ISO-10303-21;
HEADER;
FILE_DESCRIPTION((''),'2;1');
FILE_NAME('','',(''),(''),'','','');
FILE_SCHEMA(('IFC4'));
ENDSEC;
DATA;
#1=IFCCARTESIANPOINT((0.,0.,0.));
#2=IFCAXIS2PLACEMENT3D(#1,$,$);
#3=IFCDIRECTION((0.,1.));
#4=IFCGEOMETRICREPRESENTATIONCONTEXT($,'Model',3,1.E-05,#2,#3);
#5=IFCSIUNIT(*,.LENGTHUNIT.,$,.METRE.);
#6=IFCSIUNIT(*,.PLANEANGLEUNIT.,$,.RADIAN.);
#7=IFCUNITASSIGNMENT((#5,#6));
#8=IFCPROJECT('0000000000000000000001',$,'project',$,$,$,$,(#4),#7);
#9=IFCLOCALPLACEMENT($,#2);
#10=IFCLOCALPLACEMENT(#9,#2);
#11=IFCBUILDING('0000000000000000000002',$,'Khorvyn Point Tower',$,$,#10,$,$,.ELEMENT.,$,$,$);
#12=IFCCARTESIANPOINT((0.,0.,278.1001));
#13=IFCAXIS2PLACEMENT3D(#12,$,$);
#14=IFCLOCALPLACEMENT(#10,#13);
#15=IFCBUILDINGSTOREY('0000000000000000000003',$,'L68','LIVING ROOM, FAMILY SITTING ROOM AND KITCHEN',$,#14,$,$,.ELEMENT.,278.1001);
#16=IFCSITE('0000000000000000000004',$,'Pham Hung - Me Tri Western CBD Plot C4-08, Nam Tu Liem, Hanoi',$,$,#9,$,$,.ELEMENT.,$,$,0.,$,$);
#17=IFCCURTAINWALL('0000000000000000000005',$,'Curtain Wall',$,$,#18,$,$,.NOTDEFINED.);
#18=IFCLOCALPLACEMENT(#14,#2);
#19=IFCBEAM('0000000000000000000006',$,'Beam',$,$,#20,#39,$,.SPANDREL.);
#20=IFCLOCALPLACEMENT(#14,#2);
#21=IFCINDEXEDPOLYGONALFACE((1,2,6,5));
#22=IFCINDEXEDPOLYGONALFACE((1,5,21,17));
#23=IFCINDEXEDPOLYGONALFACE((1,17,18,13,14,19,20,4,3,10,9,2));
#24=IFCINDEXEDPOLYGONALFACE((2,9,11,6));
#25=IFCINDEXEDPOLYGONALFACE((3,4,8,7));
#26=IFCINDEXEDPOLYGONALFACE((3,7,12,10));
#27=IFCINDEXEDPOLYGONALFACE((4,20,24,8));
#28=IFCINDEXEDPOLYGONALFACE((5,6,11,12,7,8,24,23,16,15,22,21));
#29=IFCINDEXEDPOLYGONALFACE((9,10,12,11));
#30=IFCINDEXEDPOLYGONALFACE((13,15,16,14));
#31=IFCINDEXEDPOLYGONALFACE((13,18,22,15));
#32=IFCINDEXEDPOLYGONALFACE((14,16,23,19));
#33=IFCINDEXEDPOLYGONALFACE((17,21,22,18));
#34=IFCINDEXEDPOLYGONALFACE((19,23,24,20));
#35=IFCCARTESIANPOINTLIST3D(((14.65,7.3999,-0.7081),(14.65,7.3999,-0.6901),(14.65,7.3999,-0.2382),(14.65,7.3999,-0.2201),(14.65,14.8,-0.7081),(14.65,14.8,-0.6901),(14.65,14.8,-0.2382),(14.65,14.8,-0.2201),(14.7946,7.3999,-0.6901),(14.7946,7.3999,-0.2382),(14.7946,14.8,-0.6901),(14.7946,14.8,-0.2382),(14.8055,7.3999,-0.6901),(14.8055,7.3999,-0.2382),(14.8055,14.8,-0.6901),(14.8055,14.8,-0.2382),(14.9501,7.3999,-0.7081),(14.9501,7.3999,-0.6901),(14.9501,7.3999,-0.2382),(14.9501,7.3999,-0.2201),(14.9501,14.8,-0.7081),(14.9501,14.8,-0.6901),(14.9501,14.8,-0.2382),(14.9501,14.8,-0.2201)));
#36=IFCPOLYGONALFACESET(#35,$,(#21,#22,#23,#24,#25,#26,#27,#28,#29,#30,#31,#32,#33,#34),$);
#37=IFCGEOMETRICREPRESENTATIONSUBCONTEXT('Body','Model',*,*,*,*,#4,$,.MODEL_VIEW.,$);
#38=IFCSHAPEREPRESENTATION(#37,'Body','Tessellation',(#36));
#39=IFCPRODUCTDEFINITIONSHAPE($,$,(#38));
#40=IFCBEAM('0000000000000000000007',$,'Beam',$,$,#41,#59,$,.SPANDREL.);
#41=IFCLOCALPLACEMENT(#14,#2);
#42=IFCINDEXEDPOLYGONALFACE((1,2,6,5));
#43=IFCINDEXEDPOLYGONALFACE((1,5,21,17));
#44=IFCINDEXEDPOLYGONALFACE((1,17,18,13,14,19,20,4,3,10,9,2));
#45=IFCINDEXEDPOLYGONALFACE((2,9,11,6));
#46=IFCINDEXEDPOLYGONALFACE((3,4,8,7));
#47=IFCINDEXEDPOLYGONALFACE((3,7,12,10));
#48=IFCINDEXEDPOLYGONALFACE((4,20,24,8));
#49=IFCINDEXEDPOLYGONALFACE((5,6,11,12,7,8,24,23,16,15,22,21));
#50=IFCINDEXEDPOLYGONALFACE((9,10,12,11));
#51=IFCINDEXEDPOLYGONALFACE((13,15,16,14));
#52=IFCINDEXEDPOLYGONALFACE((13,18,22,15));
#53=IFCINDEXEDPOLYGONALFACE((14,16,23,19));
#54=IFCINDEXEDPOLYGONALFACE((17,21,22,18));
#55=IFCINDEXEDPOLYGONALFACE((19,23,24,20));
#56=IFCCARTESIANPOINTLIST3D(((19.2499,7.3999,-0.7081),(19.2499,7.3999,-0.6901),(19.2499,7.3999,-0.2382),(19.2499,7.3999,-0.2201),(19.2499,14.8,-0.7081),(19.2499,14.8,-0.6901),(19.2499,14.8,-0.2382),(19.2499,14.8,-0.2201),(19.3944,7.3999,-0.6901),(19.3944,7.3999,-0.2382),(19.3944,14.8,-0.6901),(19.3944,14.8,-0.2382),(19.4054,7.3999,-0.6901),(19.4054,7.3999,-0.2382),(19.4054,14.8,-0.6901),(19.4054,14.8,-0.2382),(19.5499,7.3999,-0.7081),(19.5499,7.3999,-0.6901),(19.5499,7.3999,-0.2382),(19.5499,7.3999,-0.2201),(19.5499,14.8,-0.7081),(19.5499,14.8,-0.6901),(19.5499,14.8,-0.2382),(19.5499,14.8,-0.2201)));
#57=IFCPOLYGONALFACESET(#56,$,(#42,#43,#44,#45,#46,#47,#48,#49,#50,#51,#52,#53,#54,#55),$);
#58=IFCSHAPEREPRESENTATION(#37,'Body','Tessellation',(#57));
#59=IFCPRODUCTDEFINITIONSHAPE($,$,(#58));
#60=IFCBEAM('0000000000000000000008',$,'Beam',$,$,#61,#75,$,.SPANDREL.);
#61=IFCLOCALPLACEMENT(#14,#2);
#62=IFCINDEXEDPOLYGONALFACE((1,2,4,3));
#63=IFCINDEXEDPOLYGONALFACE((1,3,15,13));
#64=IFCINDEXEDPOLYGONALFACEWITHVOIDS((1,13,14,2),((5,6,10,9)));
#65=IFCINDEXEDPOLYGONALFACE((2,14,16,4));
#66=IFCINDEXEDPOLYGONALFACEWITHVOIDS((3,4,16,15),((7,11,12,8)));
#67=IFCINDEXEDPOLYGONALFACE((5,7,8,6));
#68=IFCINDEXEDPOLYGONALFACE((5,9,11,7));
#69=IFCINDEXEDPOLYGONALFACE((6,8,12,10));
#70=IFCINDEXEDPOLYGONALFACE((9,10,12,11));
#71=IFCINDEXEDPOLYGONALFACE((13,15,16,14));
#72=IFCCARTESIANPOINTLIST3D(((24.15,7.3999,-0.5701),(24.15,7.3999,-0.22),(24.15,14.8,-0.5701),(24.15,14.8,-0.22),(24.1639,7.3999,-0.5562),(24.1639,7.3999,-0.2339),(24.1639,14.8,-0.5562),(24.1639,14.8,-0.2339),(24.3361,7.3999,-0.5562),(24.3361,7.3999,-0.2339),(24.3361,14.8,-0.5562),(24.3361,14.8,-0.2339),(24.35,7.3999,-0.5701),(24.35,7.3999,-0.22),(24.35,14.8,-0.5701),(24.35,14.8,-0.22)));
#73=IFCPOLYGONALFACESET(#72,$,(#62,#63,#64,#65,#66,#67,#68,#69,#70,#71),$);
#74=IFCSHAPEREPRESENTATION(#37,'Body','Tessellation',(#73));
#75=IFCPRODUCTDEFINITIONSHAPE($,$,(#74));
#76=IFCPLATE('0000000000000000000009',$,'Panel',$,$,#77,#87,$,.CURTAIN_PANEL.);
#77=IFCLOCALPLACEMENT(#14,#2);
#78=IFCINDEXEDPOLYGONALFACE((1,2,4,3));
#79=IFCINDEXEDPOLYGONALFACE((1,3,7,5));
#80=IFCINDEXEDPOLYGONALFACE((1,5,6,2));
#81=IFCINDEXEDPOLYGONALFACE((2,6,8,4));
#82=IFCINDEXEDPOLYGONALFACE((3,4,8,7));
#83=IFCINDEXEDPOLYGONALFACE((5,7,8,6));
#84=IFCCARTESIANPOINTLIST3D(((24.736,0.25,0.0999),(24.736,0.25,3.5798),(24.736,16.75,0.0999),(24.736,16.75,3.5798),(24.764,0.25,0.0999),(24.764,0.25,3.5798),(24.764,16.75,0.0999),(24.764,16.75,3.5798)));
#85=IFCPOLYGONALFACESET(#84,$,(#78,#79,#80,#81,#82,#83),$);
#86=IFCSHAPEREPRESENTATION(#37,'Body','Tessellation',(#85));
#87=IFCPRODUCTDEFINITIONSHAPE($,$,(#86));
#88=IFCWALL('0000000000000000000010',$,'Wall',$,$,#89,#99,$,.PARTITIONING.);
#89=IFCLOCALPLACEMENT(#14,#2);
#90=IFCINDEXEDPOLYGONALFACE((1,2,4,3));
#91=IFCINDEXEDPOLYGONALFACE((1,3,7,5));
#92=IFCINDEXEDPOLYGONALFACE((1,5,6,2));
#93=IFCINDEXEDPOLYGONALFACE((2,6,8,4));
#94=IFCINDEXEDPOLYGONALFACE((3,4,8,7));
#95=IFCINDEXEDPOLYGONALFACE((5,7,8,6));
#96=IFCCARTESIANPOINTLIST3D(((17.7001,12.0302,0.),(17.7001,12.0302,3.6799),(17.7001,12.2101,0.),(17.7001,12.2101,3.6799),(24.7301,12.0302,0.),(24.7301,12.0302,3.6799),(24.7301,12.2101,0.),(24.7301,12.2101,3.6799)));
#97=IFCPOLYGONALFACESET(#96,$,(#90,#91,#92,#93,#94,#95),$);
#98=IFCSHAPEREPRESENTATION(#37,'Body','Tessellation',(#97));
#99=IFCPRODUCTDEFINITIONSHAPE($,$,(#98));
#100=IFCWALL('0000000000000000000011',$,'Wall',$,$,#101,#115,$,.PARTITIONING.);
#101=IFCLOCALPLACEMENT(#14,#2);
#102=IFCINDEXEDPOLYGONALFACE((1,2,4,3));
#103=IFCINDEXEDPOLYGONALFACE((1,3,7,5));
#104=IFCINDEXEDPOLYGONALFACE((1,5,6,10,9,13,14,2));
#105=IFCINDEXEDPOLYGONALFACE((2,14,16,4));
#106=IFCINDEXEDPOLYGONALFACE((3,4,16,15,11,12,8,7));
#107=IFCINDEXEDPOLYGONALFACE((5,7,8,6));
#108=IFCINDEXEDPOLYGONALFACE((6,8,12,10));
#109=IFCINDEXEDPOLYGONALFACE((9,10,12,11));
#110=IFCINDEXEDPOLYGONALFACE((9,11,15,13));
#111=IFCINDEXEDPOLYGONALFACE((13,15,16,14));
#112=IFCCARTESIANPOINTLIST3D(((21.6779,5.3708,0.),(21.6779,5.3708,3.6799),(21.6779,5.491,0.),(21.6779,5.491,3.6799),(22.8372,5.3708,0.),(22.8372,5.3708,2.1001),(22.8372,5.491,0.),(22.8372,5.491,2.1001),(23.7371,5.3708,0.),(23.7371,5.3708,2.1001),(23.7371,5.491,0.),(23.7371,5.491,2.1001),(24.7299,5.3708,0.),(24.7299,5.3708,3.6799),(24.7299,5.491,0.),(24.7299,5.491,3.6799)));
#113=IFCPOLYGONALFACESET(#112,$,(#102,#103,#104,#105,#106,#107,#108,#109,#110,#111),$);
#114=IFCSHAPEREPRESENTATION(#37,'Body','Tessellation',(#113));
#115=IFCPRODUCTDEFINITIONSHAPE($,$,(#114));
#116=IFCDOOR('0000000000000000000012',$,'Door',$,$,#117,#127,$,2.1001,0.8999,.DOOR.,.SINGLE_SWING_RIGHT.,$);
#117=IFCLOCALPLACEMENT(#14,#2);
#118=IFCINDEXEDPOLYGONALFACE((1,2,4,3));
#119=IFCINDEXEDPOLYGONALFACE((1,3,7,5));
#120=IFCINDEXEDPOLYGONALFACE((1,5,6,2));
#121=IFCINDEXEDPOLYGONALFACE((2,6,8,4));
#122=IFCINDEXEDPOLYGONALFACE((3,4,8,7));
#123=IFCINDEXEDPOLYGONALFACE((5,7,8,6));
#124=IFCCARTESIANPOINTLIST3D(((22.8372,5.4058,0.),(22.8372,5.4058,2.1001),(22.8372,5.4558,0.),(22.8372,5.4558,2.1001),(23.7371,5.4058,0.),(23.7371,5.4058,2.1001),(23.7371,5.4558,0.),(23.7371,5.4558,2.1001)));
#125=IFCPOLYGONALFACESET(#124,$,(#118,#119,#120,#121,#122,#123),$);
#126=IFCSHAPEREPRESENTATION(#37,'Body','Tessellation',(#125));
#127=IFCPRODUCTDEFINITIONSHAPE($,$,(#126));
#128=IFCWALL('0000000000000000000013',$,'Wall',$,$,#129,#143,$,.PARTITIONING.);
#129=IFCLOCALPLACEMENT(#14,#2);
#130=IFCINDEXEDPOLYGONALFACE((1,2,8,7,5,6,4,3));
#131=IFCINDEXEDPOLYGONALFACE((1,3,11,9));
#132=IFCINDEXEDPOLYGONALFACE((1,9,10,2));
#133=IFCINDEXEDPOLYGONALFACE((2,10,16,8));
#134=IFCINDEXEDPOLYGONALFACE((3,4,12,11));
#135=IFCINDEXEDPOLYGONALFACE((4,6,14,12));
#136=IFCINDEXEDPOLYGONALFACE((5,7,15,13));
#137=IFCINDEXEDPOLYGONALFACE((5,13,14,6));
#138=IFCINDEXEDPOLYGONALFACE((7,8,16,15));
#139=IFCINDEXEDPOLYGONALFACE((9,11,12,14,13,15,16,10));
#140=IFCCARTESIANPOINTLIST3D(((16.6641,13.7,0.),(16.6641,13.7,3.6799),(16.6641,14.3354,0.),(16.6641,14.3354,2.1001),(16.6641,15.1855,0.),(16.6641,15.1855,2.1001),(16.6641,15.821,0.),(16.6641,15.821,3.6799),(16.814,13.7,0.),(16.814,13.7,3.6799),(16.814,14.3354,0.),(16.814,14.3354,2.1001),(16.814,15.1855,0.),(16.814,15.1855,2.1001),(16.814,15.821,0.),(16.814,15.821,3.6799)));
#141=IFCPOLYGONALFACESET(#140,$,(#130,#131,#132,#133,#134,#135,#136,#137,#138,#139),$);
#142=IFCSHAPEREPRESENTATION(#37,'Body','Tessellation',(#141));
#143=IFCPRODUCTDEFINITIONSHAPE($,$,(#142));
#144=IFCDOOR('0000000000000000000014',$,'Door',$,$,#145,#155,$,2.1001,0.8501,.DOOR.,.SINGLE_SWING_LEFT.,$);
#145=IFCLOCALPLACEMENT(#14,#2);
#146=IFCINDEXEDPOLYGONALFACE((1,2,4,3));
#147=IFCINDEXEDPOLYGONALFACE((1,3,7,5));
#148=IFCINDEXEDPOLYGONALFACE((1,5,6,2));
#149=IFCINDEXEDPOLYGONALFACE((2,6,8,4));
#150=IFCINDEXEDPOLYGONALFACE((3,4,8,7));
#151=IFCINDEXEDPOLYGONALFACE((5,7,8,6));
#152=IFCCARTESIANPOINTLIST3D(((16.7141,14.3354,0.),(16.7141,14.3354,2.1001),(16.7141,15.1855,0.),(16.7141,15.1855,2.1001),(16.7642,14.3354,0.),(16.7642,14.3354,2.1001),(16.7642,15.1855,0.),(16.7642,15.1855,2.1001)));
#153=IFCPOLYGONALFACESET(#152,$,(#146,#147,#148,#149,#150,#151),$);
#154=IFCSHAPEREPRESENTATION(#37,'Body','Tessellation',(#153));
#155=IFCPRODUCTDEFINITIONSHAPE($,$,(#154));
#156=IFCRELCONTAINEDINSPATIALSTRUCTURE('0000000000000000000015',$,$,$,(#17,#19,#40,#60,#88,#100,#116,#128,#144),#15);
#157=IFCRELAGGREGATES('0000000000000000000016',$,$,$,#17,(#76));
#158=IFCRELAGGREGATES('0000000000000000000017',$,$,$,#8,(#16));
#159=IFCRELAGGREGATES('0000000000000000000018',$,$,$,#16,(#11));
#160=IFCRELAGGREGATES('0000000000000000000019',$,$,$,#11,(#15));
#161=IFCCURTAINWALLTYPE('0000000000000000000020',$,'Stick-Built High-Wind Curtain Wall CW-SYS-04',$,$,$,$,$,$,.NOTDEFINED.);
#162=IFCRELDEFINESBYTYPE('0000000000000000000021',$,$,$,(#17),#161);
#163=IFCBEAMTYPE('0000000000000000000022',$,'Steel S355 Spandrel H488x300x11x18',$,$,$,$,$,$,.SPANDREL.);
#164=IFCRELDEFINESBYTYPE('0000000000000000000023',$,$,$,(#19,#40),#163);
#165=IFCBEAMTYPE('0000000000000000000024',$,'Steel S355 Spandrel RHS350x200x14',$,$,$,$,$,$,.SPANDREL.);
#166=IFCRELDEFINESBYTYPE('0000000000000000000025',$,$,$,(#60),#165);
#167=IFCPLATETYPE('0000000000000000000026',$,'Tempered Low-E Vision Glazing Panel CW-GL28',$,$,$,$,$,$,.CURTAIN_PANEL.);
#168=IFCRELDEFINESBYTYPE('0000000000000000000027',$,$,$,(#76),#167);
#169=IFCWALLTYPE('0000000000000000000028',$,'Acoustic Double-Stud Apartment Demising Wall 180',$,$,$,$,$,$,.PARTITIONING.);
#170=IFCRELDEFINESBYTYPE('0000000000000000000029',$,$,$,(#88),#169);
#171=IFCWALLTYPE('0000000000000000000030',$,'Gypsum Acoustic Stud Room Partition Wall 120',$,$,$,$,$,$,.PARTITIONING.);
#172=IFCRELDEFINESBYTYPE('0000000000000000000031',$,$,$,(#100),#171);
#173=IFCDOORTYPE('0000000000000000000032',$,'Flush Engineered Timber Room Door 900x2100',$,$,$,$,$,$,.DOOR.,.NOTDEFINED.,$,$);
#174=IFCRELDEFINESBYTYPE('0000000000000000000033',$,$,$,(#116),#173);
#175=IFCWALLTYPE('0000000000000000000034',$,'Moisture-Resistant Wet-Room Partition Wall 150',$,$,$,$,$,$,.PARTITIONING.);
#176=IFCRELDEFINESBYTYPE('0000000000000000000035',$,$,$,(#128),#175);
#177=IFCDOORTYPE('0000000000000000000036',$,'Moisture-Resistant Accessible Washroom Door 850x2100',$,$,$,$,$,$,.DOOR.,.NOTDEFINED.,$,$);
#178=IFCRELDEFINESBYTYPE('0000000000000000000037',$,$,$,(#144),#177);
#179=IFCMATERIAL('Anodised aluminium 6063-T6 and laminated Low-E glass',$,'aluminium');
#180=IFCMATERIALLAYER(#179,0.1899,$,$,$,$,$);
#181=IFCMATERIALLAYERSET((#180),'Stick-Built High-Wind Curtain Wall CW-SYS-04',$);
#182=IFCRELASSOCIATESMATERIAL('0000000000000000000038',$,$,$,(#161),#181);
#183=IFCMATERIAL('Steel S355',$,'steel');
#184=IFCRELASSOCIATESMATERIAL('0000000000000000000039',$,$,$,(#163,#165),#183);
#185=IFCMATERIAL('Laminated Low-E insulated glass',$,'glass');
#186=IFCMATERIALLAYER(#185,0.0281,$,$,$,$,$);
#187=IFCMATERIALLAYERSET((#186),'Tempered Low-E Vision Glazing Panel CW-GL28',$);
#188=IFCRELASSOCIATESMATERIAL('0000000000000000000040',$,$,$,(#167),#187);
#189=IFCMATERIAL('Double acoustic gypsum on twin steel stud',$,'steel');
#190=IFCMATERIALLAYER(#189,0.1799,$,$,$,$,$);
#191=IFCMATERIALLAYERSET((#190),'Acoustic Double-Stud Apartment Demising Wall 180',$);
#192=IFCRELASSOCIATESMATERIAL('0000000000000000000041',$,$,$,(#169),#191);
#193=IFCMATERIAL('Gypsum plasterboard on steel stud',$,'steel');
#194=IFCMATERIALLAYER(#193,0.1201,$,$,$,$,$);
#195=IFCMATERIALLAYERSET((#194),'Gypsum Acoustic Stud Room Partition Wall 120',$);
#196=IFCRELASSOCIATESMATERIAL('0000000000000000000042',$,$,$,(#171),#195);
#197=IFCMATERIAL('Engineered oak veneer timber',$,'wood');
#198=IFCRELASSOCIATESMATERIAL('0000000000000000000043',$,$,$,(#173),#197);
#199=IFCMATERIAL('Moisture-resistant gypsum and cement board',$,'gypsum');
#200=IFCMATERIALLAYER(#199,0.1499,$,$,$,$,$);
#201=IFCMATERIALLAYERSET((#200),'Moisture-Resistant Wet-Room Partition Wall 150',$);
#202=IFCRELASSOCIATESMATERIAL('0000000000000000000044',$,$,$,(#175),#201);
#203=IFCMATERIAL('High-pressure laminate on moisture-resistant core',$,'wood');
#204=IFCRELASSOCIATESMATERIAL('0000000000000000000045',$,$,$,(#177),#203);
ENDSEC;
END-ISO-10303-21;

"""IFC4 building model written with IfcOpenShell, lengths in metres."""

from ifc_helpers import new_model, si_unit, direction, frame, frame_2d, origin, origin_2d, place, context, subcontext, project, spatial, rectangle, hollow_rectangle, i_section, extrude, material, layer, layer_set, material_profile, profile_set, type_object, element, fill, aggregate, save


model = new_model("IFC4")

# Units and contexts
model_context = context("Model", 3, precision=1e-05, world=origin(), true_north=direction((0.0, 1.0)))
body_context = subcontext(model_context, "Body", "Model", "MODEL_VIEW")
ifc_project = project(units=[si_unit("LENGTHUNIT", "METRE"), si_unit("PLANEANGLEUNIT", "RADIAN")], contexts=[model_context])

# Site, building, storey
site_placement = place(None, origin())
site = spatial("IfcSite", under=ifc_project, at=site_placement, Name="Pham Hung - Me Tri Western CBD Plot C4-08, Nam Tu Liem, Hanoi", CompositionType="ELEMENT", RefElevation=0.0)
building_placement = place(site_placement, origin())
building = spatial("IfcBuilding", under=site, at=building_placement, Name="Khorvyn Point Tower", CompositionType="ELEMENT")
storey_placement = place(building_placement, frame((0.0, 0.0, 278.1001)))
storey = spatial("IfcBuildingStorey", under=building, at=storey_placement, Name="L68", Description="LIVING ROOM, FAMILY SITTING ROOM AND KITCHEN", CompositionType="ELEMENT", Elevation=278.1001)

# Shared definitions
ifc_material_1 = material(Name="Steel S355", Category="steel")

# Curtain wall
ifc_material_2 = material(Name="Anodised aluminium 6063-T6 and laminated Low-E glass", Category="aluminium")
ifc_layer_1 = layer(ifc_material_2, 0.1899)
ifc_layer_set_1 = layer_set([ifc_layer_1], Name="Stick-Built High-Wind Curtain Wall CW-SYS-04")
curtain_wall_type = type_object("IfcCurtainWallType", Name="Stick-Built High-Wind Curtain Wall CW-SYS-04", PredefinedType="NOTDEFINED", material=ifc_layer_set_1)
curtain_wall_placement = place(storey_placement, origin())
curtain_wall = element("IfcCurtainWall", 1, at=curtain_wall_placement, inside=storey, type_object=curtain_wall_type, Name="Curtain Wall", PredefinedType="NOTDEFINED")

# Beams
ifc_material_profile_1 = material_profile(ifc_material_1, i_section(OverallWidth=0.3, OverallDepth=0.488, WebThickness=0.011, FlangeThickness=0.0181, at=origin_2d()))
ifc_profile_set_1 = profile_set([ifc_material_profile_1], Name="Steel S355 H488x300x11x18")
beam_type_1 = type_object("IfcBeamType", Name="Steel S355 Spandrel H488x300x11x18", PredefinedType="SPANDREL", material=ifc_profile_set_1)
for number, where, z_axis, x_axis, name in (
    (2, (14.8, 7.3999, -0.4641), (0.0, 1.0, 0.0), (-1.0, 0.0, 0.0), "Beam"),
    (3, (19.3999, 7.3999, -0.4641), (0.0, 1.0, 0.0), (-1.0, 0.0, 0.0), "Beam"),
):
    element("IfcBeam", number, at=place(storey_placement, frame(where, z_axis=z_axis, x_axis=x_axis)), inside=storey, type_object=beam_type_1, Name=name, PredefinedType="SPANDREL", context=body_context, shape_type="SweptSolid", body=[
        extrude(i_section(OverallWidth=0.3, OverallDepth=0.488, WebThickness=0.011, FlangeThickness=0.0181, at=origin_2d()), origin(), (0.0, 0.0, 1.0), 7.4001),
    ])
ifc_material_profile_2 = material_profile(ifc_material_1, hollow_rectangle(XDim=0.2, YDim=0.3501, WallThickness=0.0139, at=origin_2d()))
ifc_profile_set_2 = profile_set([ifc_material_profile_2], Name="Steel S355 RHS350x200x14")
beam_type_2 = type_object("IfcBeamType", Name="Steel S355 Spandrel RHS350x200x14", PredefinedType="SPANDREL", material=ifc_profile_set_2)
beam_1_placement = place(storey_placement, frame((24.25, 7.3999, -0.395), z_axis=(0.0, 1.0, 0.0), x_axis=(-1.0, 0.0, 0.0)))
element("IfcBeam", 4, at=beam_1_placement, inside=storey, type_object=beam_type_2, Name="Beam", PredefinedType="SPANDREL", context=body_context, shape_type="SweptSolid", body=[
    extrude(hollow_rectangle(XDim=0.2, YDim=0.3501, WallThickness=0.0139, at=origin_2d()), origin(), (0.0, 0.0, 1.0), 7.4001),
])

# Plate
ifc_material_3 = material(Name="Laminated Low-E insulated glass", Category="glass")
ifc_layer_2 = layer(ifc_material_3, 0.0281)
ifc_layer_set_2 = layer_set([ifc_layer_2], Name="Tempered Low-E Vision Glazing Panel CW-GL28")
plate_type = type_object("IfcPlateType", Name="Tempered Low-E Vision Glazing Panel CW-GL28", PredefinedType="CURTAIN_PANEL", material=ifc_layer_set_2)
plate_placement = place(storey_placement, frame((24.75, 8.5, 0.0999), z_axis=(0.0, 0.0, 1.0), x_axis=(0.0, -1.0, 0.0)))
plate = element("IfcPlate", 5, at=plate_placement, type_object=plate_type, Name="Panel", PredefinedType="CURTAIN_PANEL", context=body_context, shape_type="SweptSolid", body=[
    extrude(rectangle(XDim=16.5, YDim=0.0281, at=origin_2d()), origin(), (0.0, 0.0, 1.0), 3.48),
])
aggregate(curtain_wall, [plate])

# Wall
ifc_material_4 = material(Name="Double acoustic gypsum on twin steel stud", Category="steel")
ifc_layer_3 = layer(ifc_material_4, 0.1799)
ifc_layer_set_3 = layer_set([ifc_layer_3], Name="Acoustic Double-Stud Apartment Demising Wall 180")
wall_type_1 = type_object("IfcWallType", Name="Acoustic Double-Stud Apartment Demising Wall 180", PredefinedType="PARTITIONING", material=ifc_layer_set_3)
wall_1_placement = place(storey_placement, frame((17.7, 12.1201, 0.0), z_axis=(0.0, 0.0, 1.0), x_axis=(1.0, 0.0, 0.0)))
element("IfcWall", 6, at=wall_1_placement, inside=storey, type_object=wall_type_1, Name="Wall", PredefinedType="PARTITIONING", context=body_context, shape_type="SweptSolid", body=[
    extrude(rectangle(XDim=7.03, YDim=0.1799, at=frame_2d((3.5151, 0.0))), origin(), (0.0, 0.0, 1.0), 3.6799),
])

# Walls, openings, doors
ifc_material_5 = material(Name="Gypsum plasterboard on steel stud", Category="steel")
ifc_layer_4 = layer(ifc_material_5, 0.1201)
ifc_layer_set_4 = layer_set([ifc_layer_4], Name="Gypsum Acoustic Stud Room Partition Wall 120")
wall_type_2 = type_object("IfcWallType", Name="Gypsum Acoustic Stud Room Partition Wall 120", PredefinedType="PARTITIONING", material=ifc_layer_set_4)
wall_2_placement = place(storey_placement, frame((21.678, 5.4309, 0.0), z_axis=(0.0, 0.0, 1.0), x_axis=(1.0, 0.0, 0.0)))
wall_2 = element("IfcWall", 7, at=wall_2_placement, inside=storey, type_object=wall_type_2, Name="Wall", PredefinedType="PARTITIONING", context=body_context, shape_type="SweptSolid", body=[
    extrude(rectangle(XDim=3.052, YDim=0.1201, at=frame_2d((1.5259, 0.0))), origin(), (0.0, 0.0, 1.0), 3.6799),
])
opening_1_placement = place(wall_2_placement, frame((1.1592, 0.0, 0.0)))
opening_1 = element("IfcOpeningElement", 8, at=opening_1_placement, cuts=wall_2, PredefinedType="OPENING", context=body_context, shape_type="SweptSolid", body=[
    extrude(rectangle(XDim=0.8999, YDim=2.1001, at=frame_2d((0.45, 1.05))), frame((0.0, 0.0701, 0.0), z_axis=(0.0, -1.0, 0.0), x_axis=(1.0, 0.0, 0.0)), (0.0, 0.0, 1.0), 0.1401),
])
ifc_material_6 = material(Name="Engineered oak veneer timber", Category="wood")
door_type_1 = type_object("IfcDoorType", Name="Flush Engineered Timber Room Door 900x2100", OperationType="NOTDEFINED", PredefinedType="DOOR", material=ifc_material_6)
door_1_placement = place(opening_1_placement, origin())
door_1 = element("IfcDoor", 9, at=door_1_placement, inside=storey, type_object=door_type_1, Name="Door", OperationType="SINGLE_SWING_RIGHT", OverallHeight=2.1001, OverallWidth=0.8999, PredefinedType="DOOR", context=body_context, shape_type="SweptSolid", body=[
    extrude(rectangle(XDim=0.8999, YDim=2.1001, at=frame_2d((0.45, 1.05))), frame((0.0, 0.0249, 0.0), z_axis=(0.0, -1.0, 0.0), x_axis=(1.0, 0.0, 0.0)), (0.0, 0.0, 1.0), 0.05),
])
fill(opening_1, door_1)
ifc_material_7 = material(Name="Moisture-resistant gypsum and cement board", Category="gypsum")
ifc_layer_5 = layer(ifc_material_7, 0.1499)
ifc_layer_set_5 = layer_set([ifc_layer_5], Name="Moisture-Resistant Wet-Room Partition Wall 150")
wall_type_3 = type_object("IfcWallType", Name="Moisture-Resistant Wet-Room Partition Wall 150", PredefinedType="PARTITIONING", material=ifc_layer_set_5)
wall_3_placement = place(storey_placement, frame((16.739, 13.7, 0.0), z_axis=(0.0, 0.0, 1.0), x_axis=(0.0, 1.0, 0.0)))
wall_3 = element("IfcWall", 10, at=wall_3_placement, inside=storey, type_object=wall_type_3, Name="Wall", PredefinedType="PARTITIONING", context=body_context, shape_type="SweptSolid", body=[
    extrude(rectangle(XDim=2.1211, YDim=0.1499, at=frame_2d((1.0605, 0.0))), origin(), (0.0, 0.0, 1.0), 3.6799),
])
opening_2_placement = place(wall_3_placement, frame((0.6355, 0.0, 0.0)))
opening_2 = element("IfcOpeningElement", 11, at=opening_2_placement, cuts=wall_3, PredefinedType="OPENING", context=body_context, shape_type="SweptSolid", body=[
    extrude(rectangle(XDim=0.8501, YDim=2.1001, at=frame_2d((0.425, 1.05))), frame((0.0, 0.085, 0.0), z_axis=(0.0, -1.0, 0.0), x_axis=(1.0, 0.0, 0.0)), (0.0, 0.0, 1.0), 0.1699),
])
ifc_material_8 = material(Name="High-pressure laminate on moisture-resistant core", Category="wood")
door_type_2 = type_object("IfcDoorType", Name="Moisture-Resistant Accessible Washroom Door 850x2100", OperationType="NOTDEFINED", PredefinedType="DOOR", material=ifc_material_8)
door_2_placement = place(opening_2_placement, origin())
door_2 = element("IfcDoor", 12, at=door_2_placement, inside=storey, type_object=door_type_2, Name="Door", OperationType="SINGLE_SWING_LEFT", OverallHeight=2.1001, OverallWidth=0.8501, PredefinedType="DOOR", context=body_context, shape_type="SweptSolid", body=[
    extrude(rectangle(XDim=0.8501, YDim=2.1001, at=frame_2d((0.425, 1.05))), frame((0.0, 0.0249, 0.0), z_axis=(0.0, -1.0, 0.0), x_axis=(1.0, 0.0, 0.0)), (0.0, 0.0, 1.0), 0.05),
])
fill(opening_2, door_2)

save(model, "model.ifc")
